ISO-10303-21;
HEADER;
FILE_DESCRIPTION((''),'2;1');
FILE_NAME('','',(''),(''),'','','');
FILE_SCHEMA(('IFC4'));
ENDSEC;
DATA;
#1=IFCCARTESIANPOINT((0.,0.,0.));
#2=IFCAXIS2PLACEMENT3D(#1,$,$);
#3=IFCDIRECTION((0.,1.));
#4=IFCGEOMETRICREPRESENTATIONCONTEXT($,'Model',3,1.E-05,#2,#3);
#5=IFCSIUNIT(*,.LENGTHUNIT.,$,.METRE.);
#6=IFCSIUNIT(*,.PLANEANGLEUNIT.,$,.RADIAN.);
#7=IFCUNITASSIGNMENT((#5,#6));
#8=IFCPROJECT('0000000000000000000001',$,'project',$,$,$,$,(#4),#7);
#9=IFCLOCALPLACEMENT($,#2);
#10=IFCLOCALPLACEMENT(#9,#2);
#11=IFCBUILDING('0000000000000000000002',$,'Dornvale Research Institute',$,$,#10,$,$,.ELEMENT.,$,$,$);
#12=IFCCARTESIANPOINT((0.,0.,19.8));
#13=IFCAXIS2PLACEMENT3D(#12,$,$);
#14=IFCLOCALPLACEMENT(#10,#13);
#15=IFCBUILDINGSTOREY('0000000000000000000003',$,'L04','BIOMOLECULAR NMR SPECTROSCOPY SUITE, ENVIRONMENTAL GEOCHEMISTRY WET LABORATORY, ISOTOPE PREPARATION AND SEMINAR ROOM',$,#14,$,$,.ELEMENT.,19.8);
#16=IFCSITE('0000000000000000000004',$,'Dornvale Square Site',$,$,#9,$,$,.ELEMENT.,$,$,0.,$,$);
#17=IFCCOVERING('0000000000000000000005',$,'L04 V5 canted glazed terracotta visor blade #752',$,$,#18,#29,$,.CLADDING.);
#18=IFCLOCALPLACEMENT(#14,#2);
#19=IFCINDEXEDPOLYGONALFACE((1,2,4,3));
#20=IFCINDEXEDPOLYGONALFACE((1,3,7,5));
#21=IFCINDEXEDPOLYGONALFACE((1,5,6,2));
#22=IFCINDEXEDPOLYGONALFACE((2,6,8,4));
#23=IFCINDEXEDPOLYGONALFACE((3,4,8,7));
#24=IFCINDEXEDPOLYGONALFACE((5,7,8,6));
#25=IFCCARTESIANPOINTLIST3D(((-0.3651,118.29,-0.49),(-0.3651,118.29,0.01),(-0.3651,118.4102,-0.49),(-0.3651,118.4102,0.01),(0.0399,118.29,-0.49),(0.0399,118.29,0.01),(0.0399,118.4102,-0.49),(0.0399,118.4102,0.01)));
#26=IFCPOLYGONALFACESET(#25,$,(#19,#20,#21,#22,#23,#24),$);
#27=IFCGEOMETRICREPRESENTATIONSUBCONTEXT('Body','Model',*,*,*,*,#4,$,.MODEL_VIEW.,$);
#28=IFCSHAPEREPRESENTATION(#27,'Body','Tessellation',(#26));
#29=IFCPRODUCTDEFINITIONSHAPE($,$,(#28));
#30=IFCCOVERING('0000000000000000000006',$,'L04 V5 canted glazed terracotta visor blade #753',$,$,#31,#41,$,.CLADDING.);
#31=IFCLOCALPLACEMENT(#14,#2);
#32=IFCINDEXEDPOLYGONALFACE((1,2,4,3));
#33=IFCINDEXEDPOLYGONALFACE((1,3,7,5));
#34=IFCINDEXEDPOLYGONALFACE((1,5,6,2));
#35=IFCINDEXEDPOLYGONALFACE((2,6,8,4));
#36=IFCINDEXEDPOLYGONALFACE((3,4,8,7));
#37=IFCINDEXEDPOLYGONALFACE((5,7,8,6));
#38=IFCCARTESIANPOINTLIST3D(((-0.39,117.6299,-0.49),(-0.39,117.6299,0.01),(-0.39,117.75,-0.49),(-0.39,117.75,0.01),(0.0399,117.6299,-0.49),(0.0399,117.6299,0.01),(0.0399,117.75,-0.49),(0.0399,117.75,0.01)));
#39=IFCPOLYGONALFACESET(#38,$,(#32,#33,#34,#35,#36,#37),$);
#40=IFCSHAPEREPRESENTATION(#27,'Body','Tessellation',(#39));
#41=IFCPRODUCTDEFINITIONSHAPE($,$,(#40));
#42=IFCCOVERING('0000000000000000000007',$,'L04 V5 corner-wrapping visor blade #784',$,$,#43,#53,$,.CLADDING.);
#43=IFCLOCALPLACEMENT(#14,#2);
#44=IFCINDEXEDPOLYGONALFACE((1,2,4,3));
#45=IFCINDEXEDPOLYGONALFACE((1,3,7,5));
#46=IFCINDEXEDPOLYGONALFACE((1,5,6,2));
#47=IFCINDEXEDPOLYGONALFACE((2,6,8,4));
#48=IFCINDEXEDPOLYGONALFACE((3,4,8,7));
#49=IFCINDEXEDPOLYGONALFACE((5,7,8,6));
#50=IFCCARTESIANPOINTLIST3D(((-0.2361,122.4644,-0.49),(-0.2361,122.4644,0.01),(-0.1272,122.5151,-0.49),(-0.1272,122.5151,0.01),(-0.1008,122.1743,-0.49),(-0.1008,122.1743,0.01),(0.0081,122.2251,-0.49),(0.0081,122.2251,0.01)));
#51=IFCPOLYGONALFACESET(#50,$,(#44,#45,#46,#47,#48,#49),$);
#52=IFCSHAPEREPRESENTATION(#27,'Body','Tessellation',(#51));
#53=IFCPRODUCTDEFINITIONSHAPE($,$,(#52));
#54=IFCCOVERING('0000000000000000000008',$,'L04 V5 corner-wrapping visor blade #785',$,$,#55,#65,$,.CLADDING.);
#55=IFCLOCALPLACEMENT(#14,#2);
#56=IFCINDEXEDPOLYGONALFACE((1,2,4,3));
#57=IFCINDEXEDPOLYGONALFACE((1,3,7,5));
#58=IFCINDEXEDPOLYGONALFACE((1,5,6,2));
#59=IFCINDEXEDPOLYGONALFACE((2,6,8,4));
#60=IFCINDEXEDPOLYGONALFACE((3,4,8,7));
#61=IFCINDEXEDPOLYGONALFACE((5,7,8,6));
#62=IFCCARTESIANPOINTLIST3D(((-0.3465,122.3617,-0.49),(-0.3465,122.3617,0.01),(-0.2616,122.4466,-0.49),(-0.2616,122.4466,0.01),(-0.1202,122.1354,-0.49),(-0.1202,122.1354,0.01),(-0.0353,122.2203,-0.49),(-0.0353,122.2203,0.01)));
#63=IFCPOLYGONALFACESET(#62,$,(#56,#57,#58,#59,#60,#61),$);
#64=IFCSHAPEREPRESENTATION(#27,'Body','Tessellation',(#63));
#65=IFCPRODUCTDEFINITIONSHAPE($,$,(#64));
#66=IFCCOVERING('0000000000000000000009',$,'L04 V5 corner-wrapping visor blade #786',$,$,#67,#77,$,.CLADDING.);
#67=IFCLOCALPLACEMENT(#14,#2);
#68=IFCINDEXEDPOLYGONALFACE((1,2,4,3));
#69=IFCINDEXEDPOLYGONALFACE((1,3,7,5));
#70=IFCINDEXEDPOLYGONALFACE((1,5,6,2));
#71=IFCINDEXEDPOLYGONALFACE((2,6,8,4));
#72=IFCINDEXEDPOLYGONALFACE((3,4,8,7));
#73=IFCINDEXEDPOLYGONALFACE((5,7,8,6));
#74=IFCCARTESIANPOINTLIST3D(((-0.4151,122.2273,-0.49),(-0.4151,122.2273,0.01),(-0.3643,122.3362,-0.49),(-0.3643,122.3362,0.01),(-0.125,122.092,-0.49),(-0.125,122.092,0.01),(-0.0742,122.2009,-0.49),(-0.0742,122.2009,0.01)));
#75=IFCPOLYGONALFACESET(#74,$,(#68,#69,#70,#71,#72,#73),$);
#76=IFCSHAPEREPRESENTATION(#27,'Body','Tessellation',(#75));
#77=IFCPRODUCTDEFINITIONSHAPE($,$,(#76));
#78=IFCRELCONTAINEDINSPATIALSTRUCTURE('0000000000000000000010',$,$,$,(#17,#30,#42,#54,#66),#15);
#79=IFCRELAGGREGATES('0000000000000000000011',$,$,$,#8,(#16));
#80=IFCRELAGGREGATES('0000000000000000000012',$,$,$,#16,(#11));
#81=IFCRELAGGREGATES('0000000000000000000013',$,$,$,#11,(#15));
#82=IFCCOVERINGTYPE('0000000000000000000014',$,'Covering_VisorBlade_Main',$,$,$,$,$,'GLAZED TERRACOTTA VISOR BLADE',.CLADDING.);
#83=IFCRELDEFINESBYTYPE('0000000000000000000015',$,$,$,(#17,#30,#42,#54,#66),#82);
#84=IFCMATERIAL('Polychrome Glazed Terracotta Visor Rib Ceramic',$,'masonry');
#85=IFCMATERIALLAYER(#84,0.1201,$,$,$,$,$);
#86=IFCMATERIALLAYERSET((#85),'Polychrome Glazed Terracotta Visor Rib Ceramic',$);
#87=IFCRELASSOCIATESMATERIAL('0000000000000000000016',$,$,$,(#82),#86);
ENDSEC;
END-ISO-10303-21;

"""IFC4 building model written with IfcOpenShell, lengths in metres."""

from ifc_helpers import new_model, si_unit, direction, frame, origin, origin_2d, place, context, subcontext, project, spatial, rectangle, extrude, material, layer, layer_set, type_object, element, save


model = new_model("IFC4")

# Units and contexts
model_context = context("Model", 3, precision=1e-05, world=origin(), true_north=direction((0.0, 1.0)))
body_context = subcontext(model_context, "Body", "Model", "MODEL_VIEW")
ifc_project = project(units=[si_unit("LENGTHUNIT", "METRE"), si_unit("PLANEANGLEUNIT", "RADIAN")], contexts=[model_context])

# Site, building, storey
site_placement = place(None, origin())
site = spatial("IfcSite", under=ifc_project, at=site_placement, Name="Dornvale Square Site", CompositionType="ELEMENT", RefElevation=0.0)
building_placement = place(site_placement, origin())
building = spatial("IfcBuilding", under=site, at=building_placement, Name="Dornvale Research Institute", CompositionType="ELEMENT")
storey_placement = place(building_placement, frame((0.0, 0.0, 19.8)))
storey = spatial("IfcBuildingStorey", under=building, at=storey_placement, Name="L04", Description="BIOMOLECULAR NMR SPECTROSCOPY SUITE, ENVIRONMENTAL GEOCHEMISTRY WET LABORATORY, ISOTOPE PREPARATION AND SEMINAR ROOM", CompositionType="ELEMENT", Elevation=19.8)

# Coverings
ifc_material_1 = material(Name="Polychrome Glazed Terracotta Visor Rib Ceramic", Category="masonry")
ifc_layer_1 = layer(ifc_material_1, 0.1201)
ifc_layer_set_1 = layer_set([ifc_layer_1], Name="Polychrome Glazed Terracotta Visor Rib Ceramic")
covering_type = type_object("IfcCoveringType", Name="Covering_VisorBlade_Main", ElementType="GLAZED TERRACOTTA VISOR BLADE", PredefinedType="CLADDING", material=ifc_layer_set_1)
covering_1_placement = place(storey_placement, frame((-0.1626, 118.3501, -0.49), z_axis=(0.0, 0.0, 1.0), x_axis=(1.0, 0.0, 0.0)))
element("IfcCovering", 1, at=covering_1_placement, inside=storey, type_object=covering_type, Name="L04 V5 canted glazed terracotta visor blade #752", PredefinedType="CLADDING", context=body_context, shape_type="SweptSolid", body=[
    extrude(rectangle(XDim=0.405, YDim=0.1201, at=origin_2d()), origin(), (0.0, 0.0, 1.0), 0.5),
])
covering_2_placement = place(storey_placement, frame((-0.175, 117.6899, -0.49), z_axis=(0.0, 0.0, 1.0), x_axis=(1.0, 0.0, 0.0)))
element("IfcCovering", 2, at=covering_2_placement, inside=storey, type_object=covering_type, Name="L04 V5 canted glazed terracotta visor blade #753", PredefinedType="CLADDING", context=body_context, shape_type="SweptSolid", body=[
    extrude(rectangle(XDim=0.4299, YDim=0.1201, at=origin_2d()), origin(), (0.0, 0.0, 1.0), 0.5),
])
for number, where, z_axis, x_axis, name in (
    (3, (-0.114, 122.3447, -0.49), (0.0, 0.0, 1.0), (-0.422618, 0.906308, 0.0), "L04 V5 corner-wrapping visor blade #784"),
    (4, (-0.1909, 122.291, -0.49), (0.0, 0.0, 1.0), (-0.707107, 0.707107, 0.0), "L04 V5 corner-wrapping visor blade #785"),
    (5, (-0.2446, 122.2141, -0.49), (0.0, 0.0, 1.0), (-0.906308, 0.422618, 0.0), "L04 V5 corner-wrapping visor blade #786"),
):
    element("IfcCovering", number, at=place(storey_placement, frame(where, z_axis=z_axis, x_axis=x_axis)), inside=storey, type_object=covering_type, Name=name, PredefinedType="CLADDING", context=body_context, shape_type="SweptSolid", body=[
        extrude(rectangle(XDim=0.3201, YDim=0.1201, at=origin_2d()), origin(), (0.0, 0.0, 1.0), 0.5),
    ])

save(model, "model.ifc")
